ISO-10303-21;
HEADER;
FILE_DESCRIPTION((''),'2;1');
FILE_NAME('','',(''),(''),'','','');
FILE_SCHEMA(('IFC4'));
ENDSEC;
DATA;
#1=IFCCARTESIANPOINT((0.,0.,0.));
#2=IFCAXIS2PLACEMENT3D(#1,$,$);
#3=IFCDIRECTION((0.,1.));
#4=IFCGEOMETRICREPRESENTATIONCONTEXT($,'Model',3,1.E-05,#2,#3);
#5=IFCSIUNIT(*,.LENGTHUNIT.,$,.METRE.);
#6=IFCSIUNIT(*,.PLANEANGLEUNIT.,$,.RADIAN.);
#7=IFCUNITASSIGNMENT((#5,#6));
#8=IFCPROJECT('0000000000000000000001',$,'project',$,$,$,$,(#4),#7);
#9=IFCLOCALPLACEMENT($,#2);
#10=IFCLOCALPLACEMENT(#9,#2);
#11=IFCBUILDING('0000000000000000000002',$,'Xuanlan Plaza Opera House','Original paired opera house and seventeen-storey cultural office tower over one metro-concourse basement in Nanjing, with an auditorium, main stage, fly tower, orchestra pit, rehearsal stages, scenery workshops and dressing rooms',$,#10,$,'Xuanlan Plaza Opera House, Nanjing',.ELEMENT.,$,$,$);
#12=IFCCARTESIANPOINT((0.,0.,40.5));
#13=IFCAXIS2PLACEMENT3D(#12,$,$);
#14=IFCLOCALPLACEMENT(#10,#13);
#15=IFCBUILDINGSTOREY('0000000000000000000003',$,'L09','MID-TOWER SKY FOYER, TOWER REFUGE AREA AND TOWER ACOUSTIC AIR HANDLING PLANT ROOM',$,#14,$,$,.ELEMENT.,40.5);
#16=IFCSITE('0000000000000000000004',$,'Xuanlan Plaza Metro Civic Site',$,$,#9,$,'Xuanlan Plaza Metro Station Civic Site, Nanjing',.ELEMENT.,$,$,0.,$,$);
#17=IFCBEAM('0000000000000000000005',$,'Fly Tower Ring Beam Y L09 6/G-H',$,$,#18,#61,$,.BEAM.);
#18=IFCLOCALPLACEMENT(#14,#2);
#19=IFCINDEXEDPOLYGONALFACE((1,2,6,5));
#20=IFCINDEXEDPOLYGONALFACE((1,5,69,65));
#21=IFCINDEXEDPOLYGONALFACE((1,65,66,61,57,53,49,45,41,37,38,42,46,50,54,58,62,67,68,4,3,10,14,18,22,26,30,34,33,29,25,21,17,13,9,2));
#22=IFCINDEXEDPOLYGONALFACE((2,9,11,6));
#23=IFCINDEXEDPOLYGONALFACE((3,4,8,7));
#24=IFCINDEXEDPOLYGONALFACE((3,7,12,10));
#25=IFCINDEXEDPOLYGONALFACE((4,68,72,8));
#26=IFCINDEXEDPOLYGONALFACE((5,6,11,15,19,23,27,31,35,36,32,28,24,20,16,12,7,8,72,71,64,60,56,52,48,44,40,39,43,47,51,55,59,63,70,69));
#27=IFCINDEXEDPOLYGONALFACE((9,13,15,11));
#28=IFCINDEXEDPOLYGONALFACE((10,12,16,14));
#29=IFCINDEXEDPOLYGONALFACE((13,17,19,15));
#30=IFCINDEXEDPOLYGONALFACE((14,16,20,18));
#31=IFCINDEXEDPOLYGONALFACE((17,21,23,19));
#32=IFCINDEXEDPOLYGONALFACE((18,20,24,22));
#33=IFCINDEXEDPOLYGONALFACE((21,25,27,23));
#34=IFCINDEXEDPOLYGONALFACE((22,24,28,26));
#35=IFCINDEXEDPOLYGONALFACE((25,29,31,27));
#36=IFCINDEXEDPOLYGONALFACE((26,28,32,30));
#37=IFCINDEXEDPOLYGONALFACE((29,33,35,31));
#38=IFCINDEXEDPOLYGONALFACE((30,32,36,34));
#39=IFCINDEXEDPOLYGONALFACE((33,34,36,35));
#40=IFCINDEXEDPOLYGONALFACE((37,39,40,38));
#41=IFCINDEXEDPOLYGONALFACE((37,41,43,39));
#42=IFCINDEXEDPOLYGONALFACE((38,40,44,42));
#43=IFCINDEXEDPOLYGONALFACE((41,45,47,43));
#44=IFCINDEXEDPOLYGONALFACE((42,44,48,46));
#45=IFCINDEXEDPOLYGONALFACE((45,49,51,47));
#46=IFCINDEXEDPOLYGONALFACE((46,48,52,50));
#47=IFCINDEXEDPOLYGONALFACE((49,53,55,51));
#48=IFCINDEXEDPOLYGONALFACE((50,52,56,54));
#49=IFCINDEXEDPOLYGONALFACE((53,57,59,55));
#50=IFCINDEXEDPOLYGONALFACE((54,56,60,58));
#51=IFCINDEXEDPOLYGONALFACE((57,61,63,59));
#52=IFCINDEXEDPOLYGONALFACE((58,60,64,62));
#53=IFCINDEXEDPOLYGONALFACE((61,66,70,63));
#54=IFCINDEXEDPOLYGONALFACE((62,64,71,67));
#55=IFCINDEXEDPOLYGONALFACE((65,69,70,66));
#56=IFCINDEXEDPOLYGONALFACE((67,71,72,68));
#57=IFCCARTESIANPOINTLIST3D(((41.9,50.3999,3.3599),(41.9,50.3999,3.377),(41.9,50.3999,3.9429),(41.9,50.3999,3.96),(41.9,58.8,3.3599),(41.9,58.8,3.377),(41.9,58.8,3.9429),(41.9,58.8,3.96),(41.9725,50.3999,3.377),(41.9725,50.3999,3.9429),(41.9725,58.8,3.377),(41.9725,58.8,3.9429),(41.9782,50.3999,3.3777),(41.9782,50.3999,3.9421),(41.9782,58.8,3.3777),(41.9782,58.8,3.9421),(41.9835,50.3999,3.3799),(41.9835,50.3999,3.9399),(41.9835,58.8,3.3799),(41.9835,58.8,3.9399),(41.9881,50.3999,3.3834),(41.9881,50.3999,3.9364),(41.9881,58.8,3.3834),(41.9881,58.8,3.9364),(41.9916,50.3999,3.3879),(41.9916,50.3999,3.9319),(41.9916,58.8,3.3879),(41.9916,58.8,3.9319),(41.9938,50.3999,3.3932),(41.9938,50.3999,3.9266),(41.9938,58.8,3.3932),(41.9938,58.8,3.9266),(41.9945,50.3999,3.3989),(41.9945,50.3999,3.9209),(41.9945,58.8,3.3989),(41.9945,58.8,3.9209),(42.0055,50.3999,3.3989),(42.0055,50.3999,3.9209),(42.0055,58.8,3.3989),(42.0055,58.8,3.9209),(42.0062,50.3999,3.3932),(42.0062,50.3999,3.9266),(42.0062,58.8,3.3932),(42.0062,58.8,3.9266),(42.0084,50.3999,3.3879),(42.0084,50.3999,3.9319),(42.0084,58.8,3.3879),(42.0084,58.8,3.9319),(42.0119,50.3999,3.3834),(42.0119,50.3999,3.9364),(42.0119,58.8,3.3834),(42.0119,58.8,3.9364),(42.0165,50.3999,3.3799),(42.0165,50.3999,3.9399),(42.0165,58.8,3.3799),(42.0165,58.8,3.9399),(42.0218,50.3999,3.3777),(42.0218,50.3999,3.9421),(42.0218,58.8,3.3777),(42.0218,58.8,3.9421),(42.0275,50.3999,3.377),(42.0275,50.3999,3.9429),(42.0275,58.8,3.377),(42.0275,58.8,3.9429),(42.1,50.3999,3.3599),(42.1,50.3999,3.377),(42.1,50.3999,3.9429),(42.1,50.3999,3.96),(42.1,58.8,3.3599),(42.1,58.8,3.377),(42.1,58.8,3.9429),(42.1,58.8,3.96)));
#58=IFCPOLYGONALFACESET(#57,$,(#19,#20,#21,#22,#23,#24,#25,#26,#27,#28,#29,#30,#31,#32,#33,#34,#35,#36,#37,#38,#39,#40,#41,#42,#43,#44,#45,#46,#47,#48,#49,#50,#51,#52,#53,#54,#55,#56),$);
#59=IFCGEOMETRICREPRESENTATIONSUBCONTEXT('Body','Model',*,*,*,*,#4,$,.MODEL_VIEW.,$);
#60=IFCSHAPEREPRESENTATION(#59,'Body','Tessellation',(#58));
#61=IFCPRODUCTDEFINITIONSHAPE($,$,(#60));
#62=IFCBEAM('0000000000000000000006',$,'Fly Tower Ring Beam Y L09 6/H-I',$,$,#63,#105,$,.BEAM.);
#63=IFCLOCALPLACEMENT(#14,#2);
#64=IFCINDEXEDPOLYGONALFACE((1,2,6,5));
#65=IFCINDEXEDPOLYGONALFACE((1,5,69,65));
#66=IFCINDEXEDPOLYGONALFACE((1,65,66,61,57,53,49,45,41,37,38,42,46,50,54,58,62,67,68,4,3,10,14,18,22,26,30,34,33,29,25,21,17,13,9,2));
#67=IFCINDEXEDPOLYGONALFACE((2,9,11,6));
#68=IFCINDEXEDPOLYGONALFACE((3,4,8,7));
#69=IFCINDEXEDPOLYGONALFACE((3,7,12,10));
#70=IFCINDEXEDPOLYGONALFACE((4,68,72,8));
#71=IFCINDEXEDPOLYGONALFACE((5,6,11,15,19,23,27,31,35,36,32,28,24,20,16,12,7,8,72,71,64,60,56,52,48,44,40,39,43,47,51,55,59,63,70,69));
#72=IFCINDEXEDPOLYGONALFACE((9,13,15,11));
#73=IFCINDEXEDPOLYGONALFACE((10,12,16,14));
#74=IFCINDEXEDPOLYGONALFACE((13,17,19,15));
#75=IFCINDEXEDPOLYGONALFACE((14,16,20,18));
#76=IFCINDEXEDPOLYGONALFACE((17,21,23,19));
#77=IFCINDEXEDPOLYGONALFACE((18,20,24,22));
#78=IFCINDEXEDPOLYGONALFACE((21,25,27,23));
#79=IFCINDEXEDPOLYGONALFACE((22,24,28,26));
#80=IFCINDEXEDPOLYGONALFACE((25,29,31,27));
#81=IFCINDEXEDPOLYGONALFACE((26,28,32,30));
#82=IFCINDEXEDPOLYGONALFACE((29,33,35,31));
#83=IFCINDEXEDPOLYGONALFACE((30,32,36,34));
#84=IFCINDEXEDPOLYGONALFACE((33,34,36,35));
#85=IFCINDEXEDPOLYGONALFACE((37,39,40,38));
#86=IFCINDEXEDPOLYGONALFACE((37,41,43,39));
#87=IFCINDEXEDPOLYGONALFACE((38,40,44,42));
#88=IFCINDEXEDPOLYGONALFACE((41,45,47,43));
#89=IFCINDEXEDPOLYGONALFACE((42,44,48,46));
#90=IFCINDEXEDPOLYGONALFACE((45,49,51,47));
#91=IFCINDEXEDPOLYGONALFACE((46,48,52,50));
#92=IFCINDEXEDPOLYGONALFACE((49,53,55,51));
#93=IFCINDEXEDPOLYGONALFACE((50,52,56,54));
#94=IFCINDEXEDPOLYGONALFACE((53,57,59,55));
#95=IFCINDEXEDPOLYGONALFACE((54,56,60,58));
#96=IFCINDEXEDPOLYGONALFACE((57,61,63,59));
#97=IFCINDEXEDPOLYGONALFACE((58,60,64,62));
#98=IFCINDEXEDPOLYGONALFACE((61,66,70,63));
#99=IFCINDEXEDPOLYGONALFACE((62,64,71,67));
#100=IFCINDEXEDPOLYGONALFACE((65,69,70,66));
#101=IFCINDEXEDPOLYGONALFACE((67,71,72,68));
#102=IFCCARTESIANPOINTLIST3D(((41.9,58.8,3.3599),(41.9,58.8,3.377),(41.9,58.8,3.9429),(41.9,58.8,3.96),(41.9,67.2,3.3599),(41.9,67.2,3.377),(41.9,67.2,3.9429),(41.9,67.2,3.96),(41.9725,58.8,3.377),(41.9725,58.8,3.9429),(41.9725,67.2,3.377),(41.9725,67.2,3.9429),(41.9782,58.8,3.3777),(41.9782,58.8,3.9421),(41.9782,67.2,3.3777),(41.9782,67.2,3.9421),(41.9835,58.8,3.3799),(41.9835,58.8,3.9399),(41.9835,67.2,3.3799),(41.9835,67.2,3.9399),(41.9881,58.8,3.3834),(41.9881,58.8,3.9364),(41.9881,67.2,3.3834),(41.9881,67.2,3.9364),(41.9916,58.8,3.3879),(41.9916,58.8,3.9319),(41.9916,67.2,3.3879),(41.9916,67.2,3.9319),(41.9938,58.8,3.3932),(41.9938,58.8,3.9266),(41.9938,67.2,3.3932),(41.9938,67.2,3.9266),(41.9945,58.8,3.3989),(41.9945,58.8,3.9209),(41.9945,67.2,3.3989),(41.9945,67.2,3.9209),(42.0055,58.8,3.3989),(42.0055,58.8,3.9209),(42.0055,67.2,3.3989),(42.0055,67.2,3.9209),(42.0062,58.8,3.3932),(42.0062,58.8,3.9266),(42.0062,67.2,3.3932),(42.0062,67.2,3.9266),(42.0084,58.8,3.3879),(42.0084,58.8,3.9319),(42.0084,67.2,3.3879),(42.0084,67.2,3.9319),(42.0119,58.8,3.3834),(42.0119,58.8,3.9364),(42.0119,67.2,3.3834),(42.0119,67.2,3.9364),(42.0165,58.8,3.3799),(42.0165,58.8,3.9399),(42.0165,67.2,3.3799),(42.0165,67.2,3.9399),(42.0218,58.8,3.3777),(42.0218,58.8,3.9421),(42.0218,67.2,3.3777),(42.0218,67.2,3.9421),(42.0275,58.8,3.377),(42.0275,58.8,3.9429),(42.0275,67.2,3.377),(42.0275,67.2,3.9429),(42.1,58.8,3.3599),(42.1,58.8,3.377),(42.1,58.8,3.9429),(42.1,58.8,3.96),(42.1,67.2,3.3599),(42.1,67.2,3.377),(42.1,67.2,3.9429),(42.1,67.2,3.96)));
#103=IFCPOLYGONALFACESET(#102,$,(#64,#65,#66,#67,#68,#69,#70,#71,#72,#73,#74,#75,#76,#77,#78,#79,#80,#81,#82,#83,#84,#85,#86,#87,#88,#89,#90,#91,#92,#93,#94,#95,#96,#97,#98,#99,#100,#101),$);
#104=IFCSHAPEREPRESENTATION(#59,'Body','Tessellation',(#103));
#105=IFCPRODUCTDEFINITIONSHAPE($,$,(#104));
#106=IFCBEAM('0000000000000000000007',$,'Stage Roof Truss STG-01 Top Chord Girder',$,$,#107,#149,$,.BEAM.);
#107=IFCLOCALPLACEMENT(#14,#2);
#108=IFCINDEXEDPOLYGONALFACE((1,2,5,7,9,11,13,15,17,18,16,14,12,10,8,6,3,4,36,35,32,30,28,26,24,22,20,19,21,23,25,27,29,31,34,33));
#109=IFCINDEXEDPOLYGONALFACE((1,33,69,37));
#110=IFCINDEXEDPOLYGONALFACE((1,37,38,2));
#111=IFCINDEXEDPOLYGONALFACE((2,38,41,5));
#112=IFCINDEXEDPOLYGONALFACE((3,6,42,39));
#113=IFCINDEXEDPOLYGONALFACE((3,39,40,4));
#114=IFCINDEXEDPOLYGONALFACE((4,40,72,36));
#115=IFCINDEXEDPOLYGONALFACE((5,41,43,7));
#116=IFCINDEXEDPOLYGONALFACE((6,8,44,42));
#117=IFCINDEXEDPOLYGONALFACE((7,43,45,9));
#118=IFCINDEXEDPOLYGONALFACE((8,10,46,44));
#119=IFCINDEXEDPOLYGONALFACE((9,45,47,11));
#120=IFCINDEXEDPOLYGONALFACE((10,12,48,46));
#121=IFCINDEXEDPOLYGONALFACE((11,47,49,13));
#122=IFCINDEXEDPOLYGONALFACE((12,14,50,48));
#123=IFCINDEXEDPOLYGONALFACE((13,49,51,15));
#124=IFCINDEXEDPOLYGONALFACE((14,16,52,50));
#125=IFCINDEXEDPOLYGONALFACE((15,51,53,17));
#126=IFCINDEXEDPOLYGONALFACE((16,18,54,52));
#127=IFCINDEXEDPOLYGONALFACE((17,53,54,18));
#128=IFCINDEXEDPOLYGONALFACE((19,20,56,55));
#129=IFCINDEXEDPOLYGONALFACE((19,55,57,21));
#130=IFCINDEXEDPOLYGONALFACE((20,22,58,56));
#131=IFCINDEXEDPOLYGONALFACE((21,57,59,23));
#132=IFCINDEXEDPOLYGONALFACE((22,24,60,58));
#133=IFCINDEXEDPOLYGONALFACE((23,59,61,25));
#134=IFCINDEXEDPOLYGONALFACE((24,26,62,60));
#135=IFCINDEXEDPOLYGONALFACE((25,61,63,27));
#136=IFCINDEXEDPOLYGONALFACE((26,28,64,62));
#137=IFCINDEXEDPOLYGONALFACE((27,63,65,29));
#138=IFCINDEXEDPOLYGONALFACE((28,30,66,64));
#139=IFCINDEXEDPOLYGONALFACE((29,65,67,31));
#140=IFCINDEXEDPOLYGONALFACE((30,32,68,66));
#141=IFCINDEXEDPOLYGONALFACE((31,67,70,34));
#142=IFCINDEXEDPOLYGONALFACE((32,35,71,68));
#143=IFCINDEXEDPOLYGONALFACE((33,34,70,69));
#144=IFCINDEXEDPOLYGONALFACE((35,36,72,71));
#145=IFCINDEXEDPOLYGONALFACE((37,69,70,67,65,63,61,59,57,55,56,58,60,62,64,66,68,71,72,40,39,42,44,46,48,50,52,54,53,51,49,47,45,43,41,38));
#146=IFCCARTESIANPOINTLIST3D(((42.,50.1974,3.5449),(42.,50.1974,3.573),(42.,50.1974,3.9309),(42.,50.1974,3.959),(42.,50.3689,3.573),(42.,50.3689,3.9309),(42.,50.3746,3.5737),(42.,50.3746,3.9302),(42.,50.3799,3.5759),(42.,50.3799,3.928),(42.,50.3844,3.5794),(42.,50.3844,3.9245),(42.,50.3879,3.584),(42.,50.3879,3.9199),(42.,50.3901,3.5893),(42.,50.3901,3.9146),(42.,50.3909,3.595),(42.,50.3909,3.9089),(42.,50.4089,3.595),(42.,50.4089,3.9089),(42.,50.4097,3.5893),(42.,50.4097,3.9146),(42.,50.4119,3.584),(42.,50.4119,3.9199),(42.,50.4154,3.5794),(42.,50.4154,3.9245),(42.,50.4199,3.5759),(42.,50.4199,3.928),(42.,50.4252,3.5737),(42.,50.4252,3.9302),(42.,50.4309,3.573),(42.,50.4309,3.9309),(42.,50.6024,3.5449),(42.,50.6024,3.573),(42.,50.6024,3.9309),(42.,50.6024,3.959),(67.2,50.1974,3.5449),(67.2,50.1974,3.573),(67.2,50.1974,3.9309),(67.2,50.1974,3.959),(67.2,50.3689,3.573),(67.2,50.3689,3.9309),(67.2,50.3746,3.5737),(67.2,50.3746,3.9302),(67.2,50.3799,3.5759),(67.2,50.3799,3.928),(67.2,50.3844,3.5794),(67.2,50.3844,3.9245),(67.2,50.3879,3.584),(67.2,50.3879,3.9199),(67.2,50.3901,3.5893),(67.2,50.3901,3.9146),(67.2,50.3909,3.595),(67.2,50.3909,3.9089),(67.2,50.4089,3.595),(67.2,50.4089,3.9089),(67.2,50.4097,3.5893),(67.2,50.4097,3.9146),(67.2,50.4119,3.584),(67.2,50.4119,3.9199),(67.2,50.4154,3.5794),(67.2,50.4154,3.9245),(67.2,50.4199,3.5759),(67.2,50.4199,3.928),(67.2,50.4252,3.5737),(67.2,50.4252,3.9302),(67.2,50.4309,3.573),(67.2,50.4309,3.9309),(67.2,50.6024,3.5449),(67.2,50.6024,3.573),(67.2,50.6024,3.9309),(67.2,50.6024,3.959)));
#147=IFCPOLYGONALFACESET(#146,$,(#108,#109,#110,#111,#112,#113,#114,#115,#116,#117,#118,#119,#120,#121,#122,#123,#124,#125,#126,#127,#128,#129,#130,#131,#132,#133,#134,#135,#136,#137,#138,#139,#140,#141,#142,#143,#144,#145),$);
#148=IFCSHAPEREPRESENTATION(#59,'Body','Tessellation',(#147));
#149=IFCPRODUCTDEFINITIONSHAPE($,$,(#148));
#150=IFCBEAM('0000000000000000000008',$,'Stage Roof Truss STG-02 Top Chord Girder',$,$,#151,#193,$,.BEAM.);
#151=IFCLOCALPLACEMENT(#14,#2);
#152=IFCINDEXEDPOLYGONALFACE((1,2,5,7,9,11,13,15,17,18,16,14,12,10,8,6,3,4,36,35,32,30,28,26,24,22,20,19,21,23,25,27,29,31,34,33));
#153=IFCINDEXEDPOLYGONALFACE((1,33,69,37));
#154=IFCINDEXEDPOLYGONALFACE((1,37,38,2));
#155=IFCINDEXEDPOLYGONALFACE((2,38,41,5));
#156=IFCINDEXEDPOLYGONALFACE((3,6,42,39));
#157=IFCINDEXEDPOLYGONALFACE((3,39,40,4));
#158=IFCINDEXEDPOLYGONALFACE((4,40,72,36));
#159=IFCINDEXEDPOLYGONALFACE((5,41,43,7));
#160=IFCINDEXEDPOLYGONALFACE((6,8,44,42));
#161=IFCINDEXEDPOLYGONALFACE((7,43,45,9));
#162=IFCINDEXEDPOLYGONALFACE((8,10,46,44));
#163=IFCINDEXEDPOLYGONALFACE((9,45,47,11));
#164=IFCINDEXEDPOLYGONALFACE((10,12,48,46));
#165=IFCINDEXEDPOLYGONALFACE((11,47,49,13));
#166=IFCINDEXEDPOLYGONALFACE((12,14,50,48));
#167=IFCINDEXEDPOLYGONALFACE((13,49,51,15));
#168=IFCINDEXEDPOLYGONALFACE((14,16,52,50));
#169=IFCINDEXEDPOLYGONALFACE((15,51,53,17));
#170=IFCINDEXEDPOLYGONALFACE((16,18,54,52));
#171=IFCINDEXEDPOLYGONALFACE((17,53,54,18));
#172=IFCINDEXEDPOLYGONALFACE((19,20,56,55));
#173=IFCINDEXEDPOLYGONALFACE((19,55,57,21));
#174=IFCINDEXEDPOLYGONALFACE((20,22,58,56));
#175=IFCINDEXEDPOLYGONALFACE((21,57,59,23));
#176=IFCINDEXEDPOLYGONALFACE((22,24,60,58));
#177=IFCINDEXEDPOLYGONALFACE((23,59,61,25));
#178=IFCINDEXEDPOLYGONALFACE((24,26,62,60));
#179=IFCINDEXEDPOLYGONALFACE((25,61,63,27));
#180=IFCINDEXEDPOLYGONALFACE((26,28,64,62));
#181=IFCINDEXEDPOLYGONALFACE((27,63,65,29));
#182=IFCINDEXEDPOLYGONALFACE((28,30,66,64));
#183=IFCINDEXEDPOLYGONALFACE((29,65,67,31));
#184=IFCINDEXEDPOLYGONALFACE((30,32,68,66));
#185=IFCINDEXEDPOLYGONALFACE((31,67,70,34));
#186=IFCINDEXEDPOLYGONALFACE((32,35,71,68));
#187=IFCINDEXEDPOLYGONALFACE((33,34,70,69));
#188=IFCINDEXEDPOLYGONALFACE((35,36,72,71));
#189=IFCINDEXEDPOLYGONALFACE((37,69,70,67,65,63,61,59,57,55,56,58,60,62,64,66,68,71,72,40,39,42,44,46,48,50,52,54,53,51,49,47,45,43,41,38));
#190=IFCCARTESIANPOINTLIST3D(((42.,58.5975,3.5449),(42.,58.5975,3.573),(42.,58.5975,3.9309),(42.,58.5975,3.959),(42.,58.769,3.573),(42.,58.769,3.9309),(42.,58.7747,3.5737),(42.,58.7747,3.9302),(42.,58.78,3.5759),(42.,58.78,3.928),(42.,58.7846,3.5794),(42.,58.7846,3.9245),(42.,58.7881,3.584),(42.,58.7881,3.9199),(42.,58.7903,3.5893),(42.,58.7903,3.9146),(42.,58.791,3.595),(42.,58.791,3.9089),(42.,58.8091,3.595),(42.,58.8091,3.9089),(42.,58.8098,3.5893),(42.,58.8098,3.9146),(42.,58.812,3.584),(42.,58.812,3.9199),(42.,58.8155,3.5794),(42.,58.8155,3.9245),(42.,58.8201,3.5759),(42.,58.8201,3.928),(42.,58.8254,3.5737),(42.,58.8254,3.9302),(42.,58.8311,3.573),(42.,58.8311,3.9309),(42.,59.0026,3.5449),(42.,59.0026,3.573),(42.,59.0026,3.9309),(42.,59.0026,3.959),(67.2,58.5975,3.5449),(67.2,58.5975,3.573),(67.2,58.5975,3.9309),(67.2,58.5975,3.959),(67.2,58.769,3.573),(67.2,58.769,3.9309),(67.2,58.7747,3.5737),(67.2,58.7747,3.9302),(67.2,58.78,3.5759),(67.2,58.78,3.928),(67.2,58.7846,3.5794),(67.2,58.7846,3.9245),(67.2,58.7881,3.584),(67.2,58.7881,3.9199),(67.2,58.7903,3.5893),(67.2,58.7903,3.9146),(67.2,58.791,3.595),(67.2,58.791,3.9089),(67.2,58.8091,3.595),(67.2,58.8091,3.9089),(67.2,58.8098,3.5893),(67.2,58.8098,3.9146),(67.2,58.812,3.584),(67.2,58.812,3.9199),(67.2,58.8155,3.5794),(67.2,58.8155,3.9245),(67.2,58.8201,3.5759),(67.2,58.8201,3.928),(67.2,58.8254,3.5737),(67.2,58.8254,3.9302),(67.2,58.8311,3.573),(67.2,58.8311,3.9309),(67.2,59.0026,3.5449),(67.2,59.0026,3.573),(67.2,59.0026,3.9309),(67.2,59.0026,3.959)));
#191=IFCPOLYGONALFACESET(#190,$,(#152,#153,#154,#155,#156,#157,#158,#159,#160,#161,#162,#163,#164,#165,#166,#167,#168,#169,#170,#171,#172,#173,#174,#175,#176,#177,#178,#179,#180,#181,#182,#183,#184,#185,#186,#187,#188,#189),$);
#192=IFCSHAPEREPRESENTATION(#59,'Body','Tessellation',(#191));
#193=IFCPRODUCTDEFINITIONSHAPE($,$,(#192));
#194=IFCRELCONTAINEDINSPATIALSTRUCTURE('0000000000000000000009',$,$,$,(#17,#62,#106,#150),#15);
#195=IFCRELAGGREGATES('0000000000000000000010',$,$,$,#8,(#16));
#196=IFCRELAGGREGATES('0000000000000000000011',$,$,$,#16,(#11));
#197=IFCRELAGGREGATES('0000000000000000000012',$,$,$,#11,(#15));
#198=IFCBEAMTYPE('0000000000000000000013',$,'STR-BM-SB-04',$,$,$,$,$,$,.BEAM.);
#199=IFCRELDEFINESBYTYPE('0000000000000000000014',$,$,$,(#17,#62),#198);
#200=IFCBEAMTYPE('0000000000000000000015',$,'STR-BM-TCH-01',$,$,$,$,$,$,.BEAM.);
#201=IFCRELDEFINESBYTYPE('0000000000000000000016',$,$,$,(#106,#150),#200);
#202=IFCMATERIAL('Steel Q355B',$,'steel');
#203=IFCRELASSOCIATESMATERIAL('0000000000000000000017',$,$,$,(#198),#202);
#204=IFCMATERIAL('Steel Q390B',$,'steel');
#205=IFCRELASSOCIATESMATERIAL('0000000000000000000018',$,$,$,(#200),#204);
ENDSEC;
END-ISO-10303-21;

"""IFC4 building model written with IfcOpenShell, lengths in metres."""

from ifc_helpers import new_model, si_unit, direction, frame, origin, origin_2d, place, context, subcontext, project, spatial, i_section, extrude, material, material_profile, profile_set, type_object, element, save


model = new_model("IFC4")

# Units and contexts
model_context = context("Model", 3, precision=1e-05, world=origin(), true_north=direction((0.0, 1.0)))
body_context = subcontext(model_context, "Body", "Model", "MODEL_VIEW")
ifc_project = project(units=[si_unit("LENGTHUNIT", "METRE"), si_unit("PLANEANGLEUNIT", "RADIAN")], contexts=[model_context])

# Site, building, storey
site_placement = place(None, origin())
site = spatial("IfcSite", under=ifc_project, at=site_placement, Name="Xuanlan Plaza Metro Civic Site", LongName="Xuanlan Plaza Metro Station Civic Site, Nanjing", CompositionType="ELEMENT", RefElevation=0.0)
building_placement = place(site_placement, origin())
building = spatial("IfcBuilding", under=site, at=building_placement, Name="Xuanlan Plaza Opera House", Description="Original paired opera house and seventeen-storey cultural office tower over one metro-concourse basement in Nanjing, with an auditorium, main stage, fly tower, orchestra pit, rehearsal stages, scenery workshops and dressing rooms", LongName="Xuanlan Plaza Opera House, Nanjing", CompositionType="ELEMENT")
storey_placement = place(building_placement, frame((0.0, 0.0, 40.5)))
storey = spatial("IfcBuildingStorey", under=building, at=storey_placement, Name="L09", Description="MID-TOWER SKY FOYER, TOWER REFUGE AREA AND TOWER ACOUSTIC AIR HANDLING PLANT ROOM", CompositionType="ELEMENT", Elevation=40.5)

# Beams
ifc_material_1 = material(Name="Steel Q355B", Category="steel")
ifc_material_profile_1 = material_profile(ifc_material_1, i_section(OverallWidth=0.2, OverallDepth=0.6001, WebThickness=0.011, FlangeThickness=0.0171, FilletRadius=0.022, at=origin_2d()), Name="HN 600x200x11x17")
ifc_profile_set_1 = profile_set([ifc_material_profile_1], Name="Steel Q355B")
beam_type_1 = type_object("IfcBeamType", Name="STR-BM-SB-04", PredefinedType="BEAM", material=ifc_profile_set_1)
beam_1_placement = place(storey_placement, frame((42.0, 50.3999, 3.6599), z_axis=(0.0, 1.0, 0.0), x_axis=(-1.0, 0.0, 0.0)))
element("IfcBeam", 1, at=beam_1_placement, inside=storey, type_object=beam_type_1, Name="Fly Tower Ring Beam Y L09 6/G-H", PredefinedType="BEAM", context=body_context, shape_type="SweptSolid", body=[
    extrude(i_section(OverallWidth=0.2, OverallDepth=0.6001, WebThickness=0.011, FlangeThickness=0.0171, FilletRadius=0.022, at=origin_2d()), origin(), (0.0, 0.0, 1.0), 8.4001),
])
beam_2_placement = place(storey_placement, frame((42.0, 58.8, 3.6599), z_axis=(0.0, 1.0, 0.0), x_axis=(-1.0, 0.0, 0.0)))
element("IfcBeam", 2, at=beam_2_placement, inside=storey, type_object=beam_type_1, Name="Fly Tower Ring Beam Y L09 6/H-I", PredefinedType="BEAM", context=body_context, shape_type="SweptSolid", body=[
    extrude(i_section(OverallWidth=0.2, OverallDepth=0.6001, WebThickness=0.011, FlangeThickness=0.0171, FilletRadius=0.022, at=origin_2d()), origin(), (0.0, 0.0, 1.0), 8.3999),
])
ifc_material_2 = material(Name="Steel Q390B", Category="steel")
ifc_material_profile_2 = material_profile(ifc_material_2, i_section(OverallWidth=0.405, OverallDepth=0.4141, WebThickness=0.0181, FlangeThickness=0.0281, FilletRadius=0.022, at=origin_2d()), Name="HW 414x405x18x28")
ifc_profile_set_2 = profile_set([ifc_material_profile_2], Name="Steel Q390B")
beam_type_2 = type_object("IfcBeamType", Name="STR-BM-TCH-01", PredefinedType="BEAM", material=ifc_profile_set_2)
for number, where, z_axis, x_axis, name in (
    (3, (42.0, 50.3999, 3.752), (1.0, 0.0, 0.0), (0.0, 1.0, 0.0), "Stage Roof Truss STG-01 Top Chord Girder"),
    (4, (42.0, 58.8, 3.752), (1.0, 0.0, 0.0), (0.0, 1.0, 0.0), "Stage Roof Truss STG-02 Top Chord Girder"),
):
    element("IfcBeam", number, at=place(storey_placement, frame(where, z_axis=z_axis, x_axis=x_axis)), inside=storey, type_object=beam_type_2, Name=name, PredefinedType="BEAM", context=body_context, shape_type="SweptSolid", body=[
        extrude(i_section(OverallWidth=0.405, OverallDepth=0.4141, WebThickness=0.0181, FlangeThickness=0.0281, FilletRadius=0.022, at=origin_2d()), origin(), (0.0, 0.0, 1.0), 25.2),
    ])

save(model, "model.ifc")
